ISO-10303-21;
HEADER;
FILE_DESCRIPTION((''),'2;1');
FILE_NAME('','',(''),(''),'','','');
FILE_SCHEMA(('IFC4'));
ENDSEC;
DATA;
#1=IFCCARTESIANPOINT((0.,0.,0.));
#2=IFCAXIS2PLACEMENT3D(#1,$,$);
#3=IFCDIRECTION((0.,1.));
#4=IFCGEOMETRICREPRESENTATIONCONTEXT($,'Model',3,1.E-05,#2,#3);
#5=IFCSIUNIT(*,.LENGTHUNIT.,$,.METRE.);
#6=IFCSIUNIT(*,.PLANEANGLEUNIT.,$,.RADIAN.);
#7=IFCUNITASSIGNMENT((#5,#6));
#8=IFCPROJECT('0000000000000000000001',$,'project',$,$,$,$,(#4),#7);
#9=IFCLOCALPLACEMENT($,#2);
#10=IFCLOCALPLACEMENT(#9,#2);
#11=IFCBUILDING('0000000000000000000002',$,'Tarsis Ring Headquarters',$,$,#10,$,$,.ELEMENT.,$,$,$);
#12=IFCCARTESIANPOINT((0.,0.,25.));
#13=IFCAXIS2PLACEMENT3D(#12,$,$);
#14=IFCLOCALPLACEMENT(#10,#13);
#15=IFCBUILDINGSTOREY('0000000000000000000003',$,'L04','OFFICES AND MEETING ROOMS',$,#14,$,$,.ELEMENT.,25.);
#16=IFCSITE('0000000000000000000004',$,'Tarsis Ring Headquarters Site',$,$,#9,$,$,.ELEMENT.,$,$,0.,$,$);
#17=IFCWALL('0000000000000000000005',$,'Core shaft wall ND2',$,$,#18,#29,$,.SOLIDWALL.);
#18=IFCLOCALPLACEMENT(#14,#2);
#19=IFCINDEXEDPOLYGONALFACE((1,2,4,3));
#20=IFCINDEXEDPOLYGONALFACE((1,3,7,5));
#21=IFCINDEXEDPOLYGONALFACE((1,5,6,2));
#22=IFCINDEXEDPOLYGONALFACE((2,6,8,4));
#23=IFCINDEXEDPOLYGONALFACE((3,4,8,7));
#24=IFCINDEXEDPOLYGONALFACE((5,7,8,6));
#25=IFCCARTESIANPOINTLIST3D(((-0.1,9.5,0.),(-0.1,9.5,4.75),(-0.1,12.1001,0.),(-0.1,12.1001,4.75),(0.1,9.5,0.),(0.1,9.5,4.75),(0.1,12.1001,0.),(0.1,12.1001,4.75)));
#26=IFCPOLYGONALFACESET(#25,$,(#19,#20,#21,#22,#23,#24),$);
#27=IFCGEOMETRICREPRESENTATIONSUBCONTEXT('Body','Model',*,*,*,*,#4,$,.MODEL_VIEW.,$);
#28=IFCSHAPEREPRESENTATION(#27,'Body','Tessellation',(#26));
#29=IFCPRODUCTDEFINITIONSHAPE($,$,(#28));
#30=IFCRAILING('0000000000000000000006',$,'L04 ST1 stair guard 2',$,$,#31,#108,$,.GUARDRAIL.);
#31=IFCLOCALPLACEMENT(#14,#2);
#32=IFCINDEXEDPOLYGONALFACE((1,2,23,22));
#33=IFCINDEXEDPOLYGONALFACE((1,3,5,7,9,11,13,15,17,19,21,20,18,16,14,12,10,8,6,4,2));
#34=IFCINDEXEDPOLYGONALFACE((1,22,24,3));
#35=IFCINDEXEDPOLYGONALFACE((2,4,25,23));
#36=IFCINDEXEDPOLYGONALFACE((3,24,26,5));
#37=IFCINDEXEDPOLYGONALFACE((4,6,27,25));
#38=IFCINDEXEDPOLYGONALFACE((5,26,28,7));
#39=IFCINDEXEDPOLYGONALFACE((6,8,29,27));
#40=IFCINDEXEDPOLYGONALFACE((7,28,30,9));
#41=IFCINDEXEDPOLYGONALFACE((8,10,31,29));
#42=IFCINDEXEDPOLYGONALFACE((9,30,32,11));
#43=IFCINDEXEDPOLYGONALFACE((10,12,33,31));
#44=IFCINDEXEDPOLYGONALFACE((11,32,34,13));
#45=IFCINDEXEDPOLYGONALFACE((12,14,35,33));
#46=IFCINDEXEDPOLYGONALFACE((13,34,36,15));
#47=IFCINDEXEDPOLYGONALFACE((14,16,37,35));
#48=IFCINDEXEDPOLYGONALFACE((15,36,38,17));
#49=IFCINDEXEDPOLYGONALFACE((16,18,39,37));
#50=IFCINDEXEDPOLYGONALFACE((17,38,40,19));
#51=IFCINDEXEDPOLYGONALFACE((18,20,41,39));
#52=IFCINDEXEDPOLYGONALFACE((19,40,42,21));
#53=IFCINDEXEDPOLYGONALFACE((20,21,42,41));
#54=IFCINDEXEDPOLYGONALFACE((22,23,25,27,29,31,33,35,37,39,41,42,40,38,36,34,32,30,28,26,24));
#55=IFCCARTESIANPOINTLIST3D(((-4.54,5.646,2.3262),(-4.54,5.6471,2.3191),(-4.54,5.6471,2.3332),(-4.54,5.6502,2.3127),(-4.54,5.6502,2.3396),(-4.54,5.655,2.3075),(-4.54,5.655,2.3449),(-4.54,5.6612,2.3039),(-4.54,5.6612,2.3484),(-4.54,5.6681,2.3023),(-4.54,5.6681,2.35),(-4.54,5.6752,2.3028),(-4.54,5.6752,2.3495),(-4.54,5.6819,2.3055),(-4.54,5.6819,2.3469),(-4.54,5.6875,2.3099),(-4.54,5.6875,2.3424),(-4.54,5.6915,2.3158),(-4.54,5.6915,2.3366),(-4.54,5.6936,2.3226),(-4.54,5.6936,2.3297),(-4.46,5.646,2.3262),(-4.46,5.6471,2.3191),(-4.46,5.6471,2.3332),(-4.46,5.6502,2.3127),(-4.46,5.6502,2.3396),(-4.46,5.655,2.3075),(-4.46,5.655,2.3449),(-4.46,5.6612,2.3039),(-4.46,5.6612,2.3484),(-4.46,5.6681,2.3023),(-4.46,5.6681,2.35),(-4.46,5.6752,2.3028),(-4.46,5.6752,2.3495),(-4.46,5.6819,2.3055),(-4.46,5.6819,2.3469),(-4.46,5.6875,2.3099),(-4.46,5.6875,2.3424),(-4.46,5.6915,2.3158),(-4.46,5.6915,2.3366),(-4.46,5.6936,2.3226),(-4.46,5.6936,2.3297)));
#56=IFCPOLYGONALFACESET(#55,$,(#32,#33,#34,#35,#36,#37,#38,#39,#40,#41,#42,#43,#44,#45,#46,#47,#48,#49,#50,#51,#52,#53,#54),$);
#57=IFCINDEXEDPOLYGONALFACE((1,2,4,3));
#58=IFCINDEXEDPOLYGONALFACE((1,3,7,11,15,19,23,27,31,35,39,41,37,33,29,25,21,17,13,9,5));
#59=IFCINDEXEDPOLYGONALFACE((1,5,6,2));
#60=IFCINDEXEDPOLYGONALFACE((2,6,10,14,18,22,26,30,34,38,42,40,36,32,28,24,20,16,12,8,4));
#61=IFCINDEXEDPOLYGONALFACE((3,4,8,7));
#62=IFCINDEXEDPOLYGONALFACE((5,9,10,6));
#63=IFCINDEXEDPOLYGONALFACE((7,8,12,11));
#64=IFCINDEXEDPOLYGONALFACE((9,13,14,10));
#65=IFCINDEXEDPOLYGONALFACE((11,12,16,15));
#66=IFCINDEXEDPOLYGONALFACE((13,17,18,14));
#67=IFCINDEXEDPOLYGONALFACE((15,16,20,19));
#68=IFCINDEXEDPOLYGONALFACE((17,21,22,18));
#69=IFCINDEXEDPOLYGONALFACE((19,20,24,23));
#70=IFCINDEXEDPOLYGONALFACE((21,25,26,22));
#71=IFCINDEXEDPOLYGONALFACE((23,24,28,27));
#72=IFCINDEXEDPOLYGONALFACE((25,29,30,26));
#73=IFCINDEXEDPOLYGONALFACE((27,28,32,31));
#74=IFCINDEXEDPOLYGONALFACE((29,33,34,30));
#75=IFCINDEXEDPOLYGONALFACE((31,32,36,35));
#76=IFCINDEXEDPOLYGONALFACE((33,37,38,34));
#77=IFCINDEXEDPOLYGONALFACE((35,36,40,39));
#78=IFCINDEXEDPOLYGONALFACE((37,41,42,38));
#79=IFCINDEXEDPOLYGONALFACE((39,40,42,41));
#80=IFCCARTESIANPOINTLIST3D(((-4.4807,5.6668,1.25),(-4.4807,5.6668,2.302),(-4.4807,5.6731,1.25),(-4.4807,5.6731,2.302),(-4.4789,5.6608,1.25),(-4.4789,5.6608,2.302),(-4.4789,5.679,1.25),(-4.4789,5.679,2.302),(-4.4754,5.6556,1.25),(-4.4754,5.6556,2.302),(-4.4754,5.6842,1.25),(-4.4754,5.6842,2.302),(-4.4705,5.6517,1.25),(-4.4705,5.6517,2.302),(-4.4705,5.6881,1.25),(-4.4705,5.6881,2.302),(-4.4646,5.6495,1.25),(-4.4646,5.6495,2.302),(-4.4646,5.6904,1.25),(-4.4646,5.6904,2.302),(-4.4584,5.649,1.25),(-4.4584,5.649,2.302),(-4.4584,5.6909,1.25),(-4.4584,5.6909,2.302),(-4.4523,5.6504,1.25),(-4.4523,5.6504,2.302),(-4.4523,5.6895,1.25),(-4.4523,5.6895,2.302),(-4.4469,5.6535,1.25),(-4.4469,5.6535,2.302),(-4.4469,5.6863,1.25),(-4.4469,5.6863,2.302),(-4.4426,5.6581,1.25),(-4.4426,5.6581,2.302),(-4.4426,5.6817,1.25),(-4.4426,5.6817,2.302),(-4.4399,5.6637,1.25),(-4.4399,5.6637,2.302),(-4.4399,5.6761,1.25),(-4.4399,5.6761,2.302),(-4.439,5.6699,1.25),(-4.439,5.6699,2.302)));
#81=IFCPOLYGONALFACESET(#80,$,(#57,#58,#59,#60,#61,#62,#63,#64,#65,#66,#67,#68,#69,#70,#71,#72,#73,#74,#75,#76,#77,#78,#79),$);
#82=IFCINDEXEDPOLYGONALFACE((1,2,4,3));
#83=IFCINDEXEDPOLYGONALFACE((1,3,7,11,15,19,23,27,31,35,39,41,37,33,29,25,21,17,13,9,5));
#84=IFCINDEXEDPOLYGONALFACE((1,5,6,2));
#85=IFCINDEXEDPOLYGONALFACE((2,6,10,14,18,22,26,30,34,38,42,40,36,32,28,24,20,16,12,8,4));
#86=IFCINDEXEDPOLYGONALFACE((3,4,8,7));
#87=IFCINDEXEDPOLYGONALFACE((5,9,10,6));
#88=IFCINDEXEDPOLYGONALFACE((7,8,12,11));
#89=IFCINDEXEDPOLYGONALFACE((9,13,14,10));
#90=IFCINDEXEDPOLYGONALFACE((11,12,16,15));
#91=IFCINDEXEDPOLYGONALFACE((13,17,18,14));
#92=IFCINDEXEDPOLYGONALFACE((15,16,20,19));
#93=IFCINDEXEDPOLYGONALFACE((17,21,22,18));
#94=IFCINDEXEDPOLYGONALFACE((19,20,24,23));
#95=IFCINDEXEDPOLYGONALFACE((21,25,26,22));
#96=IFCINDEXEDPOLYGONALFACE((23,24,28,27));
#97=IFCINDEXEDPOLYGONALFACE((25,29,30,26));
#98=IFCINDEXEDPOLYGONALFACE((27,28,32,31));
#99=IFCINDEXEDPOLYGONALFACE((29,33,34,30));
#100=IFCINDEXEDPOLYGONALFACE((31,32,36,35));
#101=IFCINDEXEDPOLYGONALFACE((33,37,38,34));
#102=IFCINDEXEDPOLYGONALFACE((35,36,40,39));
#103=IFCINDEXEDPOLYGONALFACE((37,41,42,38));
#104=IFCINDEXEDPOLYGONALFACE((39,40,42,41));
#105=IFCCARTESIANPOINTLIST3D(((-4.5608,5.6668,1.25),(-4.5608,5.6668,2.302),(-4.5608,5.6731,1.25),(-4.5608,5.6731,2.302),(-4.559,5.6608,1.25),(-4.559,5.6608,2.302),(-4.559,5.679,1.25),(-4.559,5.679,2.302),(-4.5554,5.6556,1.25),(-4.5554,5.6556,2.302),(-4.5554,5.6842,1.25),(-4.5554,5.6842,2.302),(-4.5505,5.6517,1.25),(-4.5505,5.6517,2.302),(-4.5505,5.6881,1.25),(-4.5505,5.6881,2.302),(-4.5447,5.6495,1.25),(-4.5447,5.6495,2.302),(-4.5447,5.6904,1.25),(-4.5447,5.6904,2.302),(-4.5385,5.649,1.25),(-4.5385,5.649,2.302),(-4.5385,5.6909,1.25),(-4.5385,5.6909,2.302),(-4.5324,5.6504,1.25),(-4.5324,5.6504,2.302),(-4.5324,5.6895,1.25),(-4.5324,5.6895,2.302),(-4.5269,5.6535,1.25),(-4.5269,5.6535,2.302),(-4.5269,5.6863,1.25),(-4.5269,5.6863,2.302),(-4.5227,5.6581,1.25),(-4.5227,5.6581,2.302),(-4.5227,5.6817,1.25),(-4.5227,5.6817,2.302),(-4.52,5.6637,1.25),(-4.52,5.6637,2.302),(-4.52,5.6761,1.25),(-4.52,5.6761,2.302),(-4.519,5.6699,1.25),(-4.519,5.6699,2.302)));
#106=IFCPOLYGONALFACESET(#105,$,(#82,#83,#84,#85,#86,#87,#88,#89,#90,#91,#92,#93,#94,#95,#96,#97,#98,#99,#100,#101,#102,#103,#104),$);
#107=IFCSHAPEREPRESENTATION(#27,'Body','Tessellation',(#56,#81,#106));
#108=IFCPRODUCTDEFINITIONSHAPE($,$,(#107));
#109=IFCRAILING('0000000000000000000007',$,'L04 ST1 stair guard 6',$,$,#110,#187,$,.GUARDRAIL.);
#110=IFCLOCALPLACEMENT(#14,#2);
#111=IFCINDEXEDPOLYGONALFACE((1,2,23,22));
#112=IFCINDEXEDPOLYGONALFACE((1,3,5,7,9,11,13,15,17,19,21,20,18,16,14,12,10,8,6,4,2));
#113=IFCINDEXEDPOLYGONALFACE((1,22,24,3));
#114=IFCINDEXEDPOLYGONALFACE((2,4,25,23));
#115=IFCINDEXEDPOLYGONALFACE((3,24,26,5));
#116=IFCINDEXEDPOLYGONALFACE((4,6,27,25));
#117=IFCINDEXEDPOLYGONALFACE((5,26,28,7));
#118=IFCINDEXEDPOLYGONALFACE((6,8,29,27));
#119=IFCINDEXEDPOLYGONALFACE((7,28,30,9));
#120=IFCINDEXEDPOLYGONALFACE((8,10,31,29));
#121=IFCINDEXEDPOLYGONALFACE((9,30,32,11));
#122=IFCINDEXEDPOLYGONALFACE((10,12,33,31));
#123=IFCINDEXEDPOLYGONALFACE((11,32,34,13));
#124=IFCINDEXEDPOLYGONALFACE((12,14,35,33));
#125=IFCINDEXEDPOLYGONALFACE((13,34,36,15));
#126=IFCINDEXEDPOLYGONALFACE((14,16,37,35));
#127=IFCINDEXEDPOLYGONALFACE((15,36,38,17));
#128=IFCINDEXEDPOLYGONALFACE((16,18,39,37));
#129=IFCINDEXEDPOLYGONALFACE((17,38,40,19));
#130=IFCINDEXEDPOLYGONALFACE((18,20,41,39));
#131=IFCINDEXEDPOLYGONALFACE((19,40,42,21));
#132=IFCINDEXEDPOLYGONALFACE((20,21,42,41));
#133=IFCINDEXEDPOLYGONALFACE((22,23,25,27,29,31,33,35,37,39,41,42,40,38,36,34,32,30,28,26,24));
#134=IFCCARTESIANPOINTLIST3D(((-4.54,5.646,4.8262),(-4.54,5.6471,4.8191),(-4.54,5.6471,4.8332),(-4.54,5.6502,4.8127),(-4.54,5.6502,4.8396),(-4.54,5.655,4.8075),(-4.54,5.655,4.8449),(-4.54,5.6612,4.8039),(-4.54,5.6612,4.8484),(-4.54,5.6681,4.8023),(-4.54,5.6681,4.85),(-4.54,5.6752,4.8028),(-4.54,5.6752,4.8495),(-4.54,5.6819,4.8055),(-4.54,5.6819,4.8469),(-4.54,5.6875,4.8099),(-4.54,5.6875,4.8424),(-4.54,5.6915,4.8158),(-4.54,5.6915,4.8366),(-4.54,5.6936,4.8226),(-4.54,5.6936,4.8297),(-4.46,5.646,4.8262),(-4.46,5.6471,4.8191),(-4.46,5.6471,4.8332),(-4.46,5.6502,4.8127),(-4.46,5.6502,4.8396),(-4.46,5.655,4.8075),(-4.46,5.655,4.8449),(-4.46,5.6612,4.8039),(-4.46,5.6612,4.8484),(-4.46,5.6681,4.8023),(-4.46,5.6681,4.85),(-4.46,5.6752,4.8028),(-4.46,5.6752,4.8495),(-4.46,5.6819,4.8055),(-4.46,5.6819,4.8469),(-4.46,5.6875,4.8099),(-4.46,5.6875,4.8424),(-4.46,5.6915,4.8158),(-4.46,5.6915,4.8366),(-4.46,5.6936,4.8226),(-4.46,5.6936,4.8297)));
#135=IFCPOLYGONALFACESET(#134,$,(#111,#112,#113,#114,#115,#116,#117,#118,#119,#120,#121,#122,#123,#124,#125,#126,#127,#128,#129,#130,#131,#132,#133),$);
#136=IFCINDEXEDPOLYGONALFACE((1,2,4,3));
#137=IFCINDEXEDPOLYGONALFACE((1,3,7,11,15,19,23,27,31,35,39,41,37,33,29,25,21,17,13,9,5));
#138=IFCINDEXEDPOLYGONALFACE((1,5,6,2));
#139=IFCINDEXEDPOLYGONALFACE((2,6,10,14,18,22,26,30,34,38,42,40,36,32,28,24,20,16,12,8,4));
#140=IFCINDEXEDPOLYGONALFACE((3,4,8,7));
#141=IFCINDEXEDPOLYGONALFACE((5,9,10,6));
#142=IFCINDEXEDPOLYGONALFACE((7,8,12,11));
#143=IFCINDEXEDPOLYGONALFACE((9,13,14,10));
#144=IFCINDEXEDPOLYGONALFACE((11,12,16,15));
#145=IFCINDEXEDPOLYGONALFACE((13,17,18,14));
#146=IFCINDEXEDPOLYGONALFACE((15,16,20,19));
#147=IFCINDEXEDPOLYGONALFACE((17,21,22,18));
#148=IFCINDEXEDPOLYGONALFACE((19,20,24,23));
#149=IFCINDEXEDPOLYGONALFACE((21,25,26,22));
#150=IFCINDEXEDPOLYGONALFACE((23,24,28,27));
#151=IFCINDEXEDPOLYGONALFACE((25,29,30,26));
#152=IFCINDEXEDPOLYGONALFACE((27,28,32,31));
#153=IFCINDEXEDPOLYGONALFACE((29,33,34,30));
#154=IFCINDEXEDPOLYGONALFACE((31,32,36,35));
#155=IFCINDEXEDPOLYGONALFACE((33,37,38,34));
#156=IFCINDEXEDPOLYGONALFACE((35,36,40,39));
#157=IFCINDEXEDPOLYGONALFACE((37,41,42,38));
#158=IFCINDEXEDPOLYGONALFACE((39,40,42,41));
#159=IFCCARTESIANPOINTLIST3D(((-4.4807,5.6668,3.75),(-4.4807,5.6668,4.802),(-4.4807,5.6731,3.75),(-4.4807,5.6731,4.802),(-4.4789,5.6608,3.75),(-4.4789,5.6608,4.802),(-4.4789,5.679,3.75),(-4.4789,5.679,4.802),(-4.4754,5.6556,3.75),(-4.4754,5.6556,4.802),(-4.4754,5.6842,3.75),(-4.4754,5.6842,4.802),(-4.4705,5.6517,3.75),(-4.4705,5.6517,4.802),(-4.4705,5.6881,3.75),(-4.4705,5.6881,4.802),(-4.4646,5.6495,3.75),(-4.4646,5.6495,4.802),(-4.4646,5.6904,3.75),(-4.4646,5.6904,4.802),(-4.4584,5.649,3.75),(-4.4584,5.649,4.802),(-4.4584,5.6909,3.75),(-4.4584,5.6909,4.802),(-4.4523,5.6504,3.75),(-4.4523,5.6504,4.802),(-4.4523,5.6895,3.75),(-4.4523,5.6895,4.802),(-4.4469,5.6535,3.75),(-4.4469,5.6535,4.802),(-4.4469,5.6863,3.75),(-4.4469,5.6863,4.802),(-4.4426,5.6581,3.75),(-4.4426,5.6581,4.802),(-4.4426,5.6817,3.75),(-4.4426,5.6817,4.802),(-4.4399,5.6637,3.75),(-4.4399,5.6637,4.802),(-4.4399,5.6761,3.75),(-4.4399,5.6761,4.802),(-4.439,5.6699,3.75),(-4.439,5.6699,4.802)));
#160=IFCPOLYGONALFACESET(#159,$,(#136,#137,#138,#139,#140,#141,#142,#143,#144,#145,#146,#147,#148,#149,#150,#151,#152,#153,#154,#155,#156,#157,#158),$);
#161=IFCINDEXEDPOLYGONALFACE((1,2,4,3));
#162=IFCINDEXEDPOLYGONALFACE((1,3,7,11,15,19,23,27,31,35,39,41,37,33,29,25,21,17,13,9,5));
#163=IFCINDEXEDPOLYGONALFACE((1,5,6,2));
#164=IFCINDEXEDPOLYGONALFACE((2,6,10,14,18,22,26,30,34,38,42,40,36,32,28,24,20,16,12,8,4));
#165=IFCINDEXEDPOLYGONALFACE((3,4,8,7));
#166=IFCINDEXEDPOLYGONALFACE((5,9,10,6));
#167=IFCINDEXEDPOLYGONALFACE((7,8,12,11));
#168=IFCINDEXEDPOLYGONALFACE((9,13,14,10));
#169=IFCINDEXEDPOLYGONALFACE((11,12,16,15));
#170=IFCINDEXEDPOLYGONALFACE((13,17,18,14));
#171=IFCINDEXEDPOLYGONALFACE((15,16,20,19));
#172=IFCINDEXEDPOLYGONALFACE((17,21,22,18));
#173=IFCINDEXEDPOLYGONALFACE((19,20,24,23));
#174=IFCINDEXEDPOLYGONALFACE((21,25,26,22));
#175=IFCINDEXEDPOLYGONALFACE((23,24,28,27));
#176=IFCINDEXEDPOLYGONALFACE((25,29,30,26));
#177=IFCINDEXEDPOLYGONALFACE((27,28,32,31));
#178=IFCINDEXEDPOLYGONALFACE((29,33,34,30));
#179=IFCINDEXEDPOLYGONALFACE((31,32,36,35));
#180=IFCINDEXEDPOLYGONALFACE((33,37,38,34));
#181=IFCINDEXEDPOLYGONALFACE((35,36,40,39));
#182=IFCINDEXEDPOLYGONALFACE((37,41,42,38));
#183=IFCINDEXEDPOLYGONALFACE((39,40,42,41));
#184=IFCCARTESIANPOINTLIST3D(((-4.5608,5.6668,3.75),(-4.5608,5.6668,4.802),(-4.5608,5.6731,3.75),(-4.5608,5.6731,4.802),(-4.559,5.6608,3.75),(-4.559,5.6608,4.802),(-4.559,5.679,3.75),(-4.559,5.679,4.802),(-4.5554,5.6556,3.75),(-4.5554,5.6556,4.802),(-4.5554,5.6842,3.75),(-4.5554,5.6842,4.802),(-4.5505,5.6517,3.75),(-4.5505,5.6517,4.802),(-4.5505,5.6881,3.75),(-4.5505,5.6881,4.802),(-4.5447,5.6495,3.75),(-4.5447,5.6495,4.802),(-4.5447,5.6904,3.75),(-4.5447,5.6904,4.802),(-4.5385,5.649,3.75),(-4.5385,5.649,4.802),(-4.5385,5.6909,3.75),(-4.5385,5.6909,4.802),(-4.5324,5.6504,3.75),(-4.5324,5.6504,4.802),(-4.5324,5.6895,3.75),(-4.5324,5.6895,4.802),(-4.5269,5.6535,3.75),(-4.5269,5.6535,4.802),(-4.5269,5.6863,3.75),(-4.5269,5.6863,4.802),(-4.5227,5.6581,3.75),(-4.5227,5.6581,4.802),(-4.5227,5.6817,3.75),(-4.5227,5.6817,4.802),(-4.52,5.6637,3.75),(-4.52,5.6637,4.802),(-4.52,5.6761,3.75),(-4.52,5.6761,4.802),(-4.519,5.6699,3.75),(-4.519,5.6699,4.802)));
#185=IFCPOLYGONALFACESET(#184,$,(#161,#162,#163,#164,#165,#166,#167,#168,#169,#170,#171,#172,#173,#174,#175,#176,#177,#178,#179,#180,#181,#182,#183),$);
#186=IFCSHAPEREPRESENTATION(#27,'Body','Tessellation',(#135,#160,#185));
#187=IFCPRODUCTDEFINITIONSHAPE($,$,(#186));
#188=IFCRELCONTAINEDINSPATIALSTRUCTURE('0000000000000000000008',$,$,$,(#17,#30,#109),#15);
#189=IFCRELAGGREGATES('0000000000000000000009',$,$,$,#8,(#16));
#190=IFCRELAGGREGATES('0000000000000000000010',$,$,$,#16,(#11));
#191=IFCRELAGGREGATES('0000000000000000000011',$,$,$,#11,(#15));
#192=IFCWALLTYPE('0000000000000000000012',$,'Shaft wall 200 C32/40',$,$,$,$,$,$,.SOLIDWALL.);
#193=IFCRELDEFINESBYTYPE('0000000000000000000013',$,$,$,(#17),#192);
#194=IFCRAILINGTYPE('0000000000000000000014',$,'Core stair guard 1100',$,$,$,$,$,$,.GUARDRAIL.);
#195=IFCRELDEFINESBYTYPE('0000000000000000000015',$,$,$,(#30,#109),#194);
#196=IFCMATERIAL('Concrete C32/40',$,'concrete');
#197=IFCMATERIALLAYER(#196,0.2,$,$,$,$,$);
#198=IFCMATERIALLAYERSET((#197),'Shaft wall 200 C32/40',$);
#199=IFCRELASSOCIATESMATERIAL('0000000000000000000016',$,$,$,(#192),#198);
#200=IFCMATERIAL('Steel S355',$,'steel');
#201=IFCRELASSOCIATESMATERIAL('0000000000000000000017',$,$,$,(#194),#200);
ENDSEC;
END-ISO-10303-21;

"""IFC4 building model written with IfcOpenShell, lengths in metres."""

from ifc_helpers import new_model, si_unit, direction, frame, frame_2d, origin, origin_2d, place, context, subcontext, project, spatial, rectangle, circle, extrude, material, layer, layer_set, type_object, element, save


model = new_model("IFC4")

# Units and contexts
model_context = context("Model", 3, precision=1e-05, world=origin(), true_north=direction((0.0, 1.0)))
body_context = subcontext(model_context, "Body", "Model", "MODEL_VIEW")
ifc_project = project(units=[si_unit("LENGTHUNIT", "METRE"), si_unit("PLANEANGLEUNIT", "RADIAN")], contexts=[model_context])

# Site, building, storey
site_placement = place(None, origin())
site = spatial("IfcSite", under=ifc_project, at=site_placement, Name="Tarsis Ring Headquarters Site", CompositionType="ELEMENT", RefElevation=0.0)
building_placement = place(site_placement, origin())
building = spatial("IfcBuilding", under=site, at=building_placement, Name="Tarsis Ring Headquarters", CompositionType="ELEMENT")
storey_placement = place(building_placement, frame((0.0, 0.0, 25.0)))
storey = spatial("IfcBuildingStorey", under=building, at=storey_placement, Name="L04", Description="OFFICES AND MEETING ROOMS", CompositionType="ELEMENT", Elevation=25.0)

# Wall
ifc_material_1 = material(Name="Concrete C32/40", Category="concrete")
ifc_layer_1 = layer(ifc_material_1, 0.2)
ifc_layer_set_1 = layer_set([ifc_layer_1], Name="Shaft wall 200 C32/40")
wall_type_1 = type_object("IfcWallType", Name="Shaft wall 200 C32/40", PredefinedType="SOLIDWALL", material=ifc_layer_set_1)
wall_1_placement = place(storey_placement, frame((0.0, 9.5, 0.0), z_axis=(0.0, 0.0, 1.0), x_axis=(0.0, 1.0, 0.0)))
element("IfcWall", 1, at=wall_1_placement, inside=storey, type_object=wall_type_1, Name="Core shaft wall ND2", PredefinedType="SOLIDWALL", context=body_context, shape_type="SweptSolid", body=[
    extrude(rectangle(XDim=2.6001, YDim=0.2, at=frame_2d((1.3, 0.0))), origin(), (0.0, 0.0, 1.0), 4.75),
])

# Railings
ifc_material_2 = material(Name="Steel S355", Category="steel")
railing_type = type_object("IfcRailingType", Name="Core stair guard 1100", PredefinedType="GUARDRAIL", material=ifc_material_2)
for number, where, name in (
    (2, (-4.46, 5.6699, 1.25), "L04 ST1 stair guard 2"),
    (3, (-4.46, 5.6699, 3.75), "L04 ST1 stair guard 6"),
):
    element("IfcRailing", number, at=place(storey_placement, frame(where)), inside=storey, type_object=railing_type, Name=name, PredefinedType="GUARDRAIL", context=body_context, shape_type="SweptSolid", body=[
        extrude(circle(Radius=0.0239, at=origin_2d()), frame((0.0, 0.0, 1.0762), z_axis=(-1.0, 0.0, 0.0), x_axis=(0.0, -1.0, 0.0)), (0.0, 0.0, 1.0), 0.0801),
        extrude(circle(Radius=0.021, at=origin_2d()), origin(), (0.0, 0.0, 1.0), 1.052),
        extrude(circle(Radius=0.021, at=origin_2d()), frame((-0.0801, 0.0, 0.0)), (0.0, 0.0, 1.0), 1.052),
    ])

save(model, "model.ifc")
